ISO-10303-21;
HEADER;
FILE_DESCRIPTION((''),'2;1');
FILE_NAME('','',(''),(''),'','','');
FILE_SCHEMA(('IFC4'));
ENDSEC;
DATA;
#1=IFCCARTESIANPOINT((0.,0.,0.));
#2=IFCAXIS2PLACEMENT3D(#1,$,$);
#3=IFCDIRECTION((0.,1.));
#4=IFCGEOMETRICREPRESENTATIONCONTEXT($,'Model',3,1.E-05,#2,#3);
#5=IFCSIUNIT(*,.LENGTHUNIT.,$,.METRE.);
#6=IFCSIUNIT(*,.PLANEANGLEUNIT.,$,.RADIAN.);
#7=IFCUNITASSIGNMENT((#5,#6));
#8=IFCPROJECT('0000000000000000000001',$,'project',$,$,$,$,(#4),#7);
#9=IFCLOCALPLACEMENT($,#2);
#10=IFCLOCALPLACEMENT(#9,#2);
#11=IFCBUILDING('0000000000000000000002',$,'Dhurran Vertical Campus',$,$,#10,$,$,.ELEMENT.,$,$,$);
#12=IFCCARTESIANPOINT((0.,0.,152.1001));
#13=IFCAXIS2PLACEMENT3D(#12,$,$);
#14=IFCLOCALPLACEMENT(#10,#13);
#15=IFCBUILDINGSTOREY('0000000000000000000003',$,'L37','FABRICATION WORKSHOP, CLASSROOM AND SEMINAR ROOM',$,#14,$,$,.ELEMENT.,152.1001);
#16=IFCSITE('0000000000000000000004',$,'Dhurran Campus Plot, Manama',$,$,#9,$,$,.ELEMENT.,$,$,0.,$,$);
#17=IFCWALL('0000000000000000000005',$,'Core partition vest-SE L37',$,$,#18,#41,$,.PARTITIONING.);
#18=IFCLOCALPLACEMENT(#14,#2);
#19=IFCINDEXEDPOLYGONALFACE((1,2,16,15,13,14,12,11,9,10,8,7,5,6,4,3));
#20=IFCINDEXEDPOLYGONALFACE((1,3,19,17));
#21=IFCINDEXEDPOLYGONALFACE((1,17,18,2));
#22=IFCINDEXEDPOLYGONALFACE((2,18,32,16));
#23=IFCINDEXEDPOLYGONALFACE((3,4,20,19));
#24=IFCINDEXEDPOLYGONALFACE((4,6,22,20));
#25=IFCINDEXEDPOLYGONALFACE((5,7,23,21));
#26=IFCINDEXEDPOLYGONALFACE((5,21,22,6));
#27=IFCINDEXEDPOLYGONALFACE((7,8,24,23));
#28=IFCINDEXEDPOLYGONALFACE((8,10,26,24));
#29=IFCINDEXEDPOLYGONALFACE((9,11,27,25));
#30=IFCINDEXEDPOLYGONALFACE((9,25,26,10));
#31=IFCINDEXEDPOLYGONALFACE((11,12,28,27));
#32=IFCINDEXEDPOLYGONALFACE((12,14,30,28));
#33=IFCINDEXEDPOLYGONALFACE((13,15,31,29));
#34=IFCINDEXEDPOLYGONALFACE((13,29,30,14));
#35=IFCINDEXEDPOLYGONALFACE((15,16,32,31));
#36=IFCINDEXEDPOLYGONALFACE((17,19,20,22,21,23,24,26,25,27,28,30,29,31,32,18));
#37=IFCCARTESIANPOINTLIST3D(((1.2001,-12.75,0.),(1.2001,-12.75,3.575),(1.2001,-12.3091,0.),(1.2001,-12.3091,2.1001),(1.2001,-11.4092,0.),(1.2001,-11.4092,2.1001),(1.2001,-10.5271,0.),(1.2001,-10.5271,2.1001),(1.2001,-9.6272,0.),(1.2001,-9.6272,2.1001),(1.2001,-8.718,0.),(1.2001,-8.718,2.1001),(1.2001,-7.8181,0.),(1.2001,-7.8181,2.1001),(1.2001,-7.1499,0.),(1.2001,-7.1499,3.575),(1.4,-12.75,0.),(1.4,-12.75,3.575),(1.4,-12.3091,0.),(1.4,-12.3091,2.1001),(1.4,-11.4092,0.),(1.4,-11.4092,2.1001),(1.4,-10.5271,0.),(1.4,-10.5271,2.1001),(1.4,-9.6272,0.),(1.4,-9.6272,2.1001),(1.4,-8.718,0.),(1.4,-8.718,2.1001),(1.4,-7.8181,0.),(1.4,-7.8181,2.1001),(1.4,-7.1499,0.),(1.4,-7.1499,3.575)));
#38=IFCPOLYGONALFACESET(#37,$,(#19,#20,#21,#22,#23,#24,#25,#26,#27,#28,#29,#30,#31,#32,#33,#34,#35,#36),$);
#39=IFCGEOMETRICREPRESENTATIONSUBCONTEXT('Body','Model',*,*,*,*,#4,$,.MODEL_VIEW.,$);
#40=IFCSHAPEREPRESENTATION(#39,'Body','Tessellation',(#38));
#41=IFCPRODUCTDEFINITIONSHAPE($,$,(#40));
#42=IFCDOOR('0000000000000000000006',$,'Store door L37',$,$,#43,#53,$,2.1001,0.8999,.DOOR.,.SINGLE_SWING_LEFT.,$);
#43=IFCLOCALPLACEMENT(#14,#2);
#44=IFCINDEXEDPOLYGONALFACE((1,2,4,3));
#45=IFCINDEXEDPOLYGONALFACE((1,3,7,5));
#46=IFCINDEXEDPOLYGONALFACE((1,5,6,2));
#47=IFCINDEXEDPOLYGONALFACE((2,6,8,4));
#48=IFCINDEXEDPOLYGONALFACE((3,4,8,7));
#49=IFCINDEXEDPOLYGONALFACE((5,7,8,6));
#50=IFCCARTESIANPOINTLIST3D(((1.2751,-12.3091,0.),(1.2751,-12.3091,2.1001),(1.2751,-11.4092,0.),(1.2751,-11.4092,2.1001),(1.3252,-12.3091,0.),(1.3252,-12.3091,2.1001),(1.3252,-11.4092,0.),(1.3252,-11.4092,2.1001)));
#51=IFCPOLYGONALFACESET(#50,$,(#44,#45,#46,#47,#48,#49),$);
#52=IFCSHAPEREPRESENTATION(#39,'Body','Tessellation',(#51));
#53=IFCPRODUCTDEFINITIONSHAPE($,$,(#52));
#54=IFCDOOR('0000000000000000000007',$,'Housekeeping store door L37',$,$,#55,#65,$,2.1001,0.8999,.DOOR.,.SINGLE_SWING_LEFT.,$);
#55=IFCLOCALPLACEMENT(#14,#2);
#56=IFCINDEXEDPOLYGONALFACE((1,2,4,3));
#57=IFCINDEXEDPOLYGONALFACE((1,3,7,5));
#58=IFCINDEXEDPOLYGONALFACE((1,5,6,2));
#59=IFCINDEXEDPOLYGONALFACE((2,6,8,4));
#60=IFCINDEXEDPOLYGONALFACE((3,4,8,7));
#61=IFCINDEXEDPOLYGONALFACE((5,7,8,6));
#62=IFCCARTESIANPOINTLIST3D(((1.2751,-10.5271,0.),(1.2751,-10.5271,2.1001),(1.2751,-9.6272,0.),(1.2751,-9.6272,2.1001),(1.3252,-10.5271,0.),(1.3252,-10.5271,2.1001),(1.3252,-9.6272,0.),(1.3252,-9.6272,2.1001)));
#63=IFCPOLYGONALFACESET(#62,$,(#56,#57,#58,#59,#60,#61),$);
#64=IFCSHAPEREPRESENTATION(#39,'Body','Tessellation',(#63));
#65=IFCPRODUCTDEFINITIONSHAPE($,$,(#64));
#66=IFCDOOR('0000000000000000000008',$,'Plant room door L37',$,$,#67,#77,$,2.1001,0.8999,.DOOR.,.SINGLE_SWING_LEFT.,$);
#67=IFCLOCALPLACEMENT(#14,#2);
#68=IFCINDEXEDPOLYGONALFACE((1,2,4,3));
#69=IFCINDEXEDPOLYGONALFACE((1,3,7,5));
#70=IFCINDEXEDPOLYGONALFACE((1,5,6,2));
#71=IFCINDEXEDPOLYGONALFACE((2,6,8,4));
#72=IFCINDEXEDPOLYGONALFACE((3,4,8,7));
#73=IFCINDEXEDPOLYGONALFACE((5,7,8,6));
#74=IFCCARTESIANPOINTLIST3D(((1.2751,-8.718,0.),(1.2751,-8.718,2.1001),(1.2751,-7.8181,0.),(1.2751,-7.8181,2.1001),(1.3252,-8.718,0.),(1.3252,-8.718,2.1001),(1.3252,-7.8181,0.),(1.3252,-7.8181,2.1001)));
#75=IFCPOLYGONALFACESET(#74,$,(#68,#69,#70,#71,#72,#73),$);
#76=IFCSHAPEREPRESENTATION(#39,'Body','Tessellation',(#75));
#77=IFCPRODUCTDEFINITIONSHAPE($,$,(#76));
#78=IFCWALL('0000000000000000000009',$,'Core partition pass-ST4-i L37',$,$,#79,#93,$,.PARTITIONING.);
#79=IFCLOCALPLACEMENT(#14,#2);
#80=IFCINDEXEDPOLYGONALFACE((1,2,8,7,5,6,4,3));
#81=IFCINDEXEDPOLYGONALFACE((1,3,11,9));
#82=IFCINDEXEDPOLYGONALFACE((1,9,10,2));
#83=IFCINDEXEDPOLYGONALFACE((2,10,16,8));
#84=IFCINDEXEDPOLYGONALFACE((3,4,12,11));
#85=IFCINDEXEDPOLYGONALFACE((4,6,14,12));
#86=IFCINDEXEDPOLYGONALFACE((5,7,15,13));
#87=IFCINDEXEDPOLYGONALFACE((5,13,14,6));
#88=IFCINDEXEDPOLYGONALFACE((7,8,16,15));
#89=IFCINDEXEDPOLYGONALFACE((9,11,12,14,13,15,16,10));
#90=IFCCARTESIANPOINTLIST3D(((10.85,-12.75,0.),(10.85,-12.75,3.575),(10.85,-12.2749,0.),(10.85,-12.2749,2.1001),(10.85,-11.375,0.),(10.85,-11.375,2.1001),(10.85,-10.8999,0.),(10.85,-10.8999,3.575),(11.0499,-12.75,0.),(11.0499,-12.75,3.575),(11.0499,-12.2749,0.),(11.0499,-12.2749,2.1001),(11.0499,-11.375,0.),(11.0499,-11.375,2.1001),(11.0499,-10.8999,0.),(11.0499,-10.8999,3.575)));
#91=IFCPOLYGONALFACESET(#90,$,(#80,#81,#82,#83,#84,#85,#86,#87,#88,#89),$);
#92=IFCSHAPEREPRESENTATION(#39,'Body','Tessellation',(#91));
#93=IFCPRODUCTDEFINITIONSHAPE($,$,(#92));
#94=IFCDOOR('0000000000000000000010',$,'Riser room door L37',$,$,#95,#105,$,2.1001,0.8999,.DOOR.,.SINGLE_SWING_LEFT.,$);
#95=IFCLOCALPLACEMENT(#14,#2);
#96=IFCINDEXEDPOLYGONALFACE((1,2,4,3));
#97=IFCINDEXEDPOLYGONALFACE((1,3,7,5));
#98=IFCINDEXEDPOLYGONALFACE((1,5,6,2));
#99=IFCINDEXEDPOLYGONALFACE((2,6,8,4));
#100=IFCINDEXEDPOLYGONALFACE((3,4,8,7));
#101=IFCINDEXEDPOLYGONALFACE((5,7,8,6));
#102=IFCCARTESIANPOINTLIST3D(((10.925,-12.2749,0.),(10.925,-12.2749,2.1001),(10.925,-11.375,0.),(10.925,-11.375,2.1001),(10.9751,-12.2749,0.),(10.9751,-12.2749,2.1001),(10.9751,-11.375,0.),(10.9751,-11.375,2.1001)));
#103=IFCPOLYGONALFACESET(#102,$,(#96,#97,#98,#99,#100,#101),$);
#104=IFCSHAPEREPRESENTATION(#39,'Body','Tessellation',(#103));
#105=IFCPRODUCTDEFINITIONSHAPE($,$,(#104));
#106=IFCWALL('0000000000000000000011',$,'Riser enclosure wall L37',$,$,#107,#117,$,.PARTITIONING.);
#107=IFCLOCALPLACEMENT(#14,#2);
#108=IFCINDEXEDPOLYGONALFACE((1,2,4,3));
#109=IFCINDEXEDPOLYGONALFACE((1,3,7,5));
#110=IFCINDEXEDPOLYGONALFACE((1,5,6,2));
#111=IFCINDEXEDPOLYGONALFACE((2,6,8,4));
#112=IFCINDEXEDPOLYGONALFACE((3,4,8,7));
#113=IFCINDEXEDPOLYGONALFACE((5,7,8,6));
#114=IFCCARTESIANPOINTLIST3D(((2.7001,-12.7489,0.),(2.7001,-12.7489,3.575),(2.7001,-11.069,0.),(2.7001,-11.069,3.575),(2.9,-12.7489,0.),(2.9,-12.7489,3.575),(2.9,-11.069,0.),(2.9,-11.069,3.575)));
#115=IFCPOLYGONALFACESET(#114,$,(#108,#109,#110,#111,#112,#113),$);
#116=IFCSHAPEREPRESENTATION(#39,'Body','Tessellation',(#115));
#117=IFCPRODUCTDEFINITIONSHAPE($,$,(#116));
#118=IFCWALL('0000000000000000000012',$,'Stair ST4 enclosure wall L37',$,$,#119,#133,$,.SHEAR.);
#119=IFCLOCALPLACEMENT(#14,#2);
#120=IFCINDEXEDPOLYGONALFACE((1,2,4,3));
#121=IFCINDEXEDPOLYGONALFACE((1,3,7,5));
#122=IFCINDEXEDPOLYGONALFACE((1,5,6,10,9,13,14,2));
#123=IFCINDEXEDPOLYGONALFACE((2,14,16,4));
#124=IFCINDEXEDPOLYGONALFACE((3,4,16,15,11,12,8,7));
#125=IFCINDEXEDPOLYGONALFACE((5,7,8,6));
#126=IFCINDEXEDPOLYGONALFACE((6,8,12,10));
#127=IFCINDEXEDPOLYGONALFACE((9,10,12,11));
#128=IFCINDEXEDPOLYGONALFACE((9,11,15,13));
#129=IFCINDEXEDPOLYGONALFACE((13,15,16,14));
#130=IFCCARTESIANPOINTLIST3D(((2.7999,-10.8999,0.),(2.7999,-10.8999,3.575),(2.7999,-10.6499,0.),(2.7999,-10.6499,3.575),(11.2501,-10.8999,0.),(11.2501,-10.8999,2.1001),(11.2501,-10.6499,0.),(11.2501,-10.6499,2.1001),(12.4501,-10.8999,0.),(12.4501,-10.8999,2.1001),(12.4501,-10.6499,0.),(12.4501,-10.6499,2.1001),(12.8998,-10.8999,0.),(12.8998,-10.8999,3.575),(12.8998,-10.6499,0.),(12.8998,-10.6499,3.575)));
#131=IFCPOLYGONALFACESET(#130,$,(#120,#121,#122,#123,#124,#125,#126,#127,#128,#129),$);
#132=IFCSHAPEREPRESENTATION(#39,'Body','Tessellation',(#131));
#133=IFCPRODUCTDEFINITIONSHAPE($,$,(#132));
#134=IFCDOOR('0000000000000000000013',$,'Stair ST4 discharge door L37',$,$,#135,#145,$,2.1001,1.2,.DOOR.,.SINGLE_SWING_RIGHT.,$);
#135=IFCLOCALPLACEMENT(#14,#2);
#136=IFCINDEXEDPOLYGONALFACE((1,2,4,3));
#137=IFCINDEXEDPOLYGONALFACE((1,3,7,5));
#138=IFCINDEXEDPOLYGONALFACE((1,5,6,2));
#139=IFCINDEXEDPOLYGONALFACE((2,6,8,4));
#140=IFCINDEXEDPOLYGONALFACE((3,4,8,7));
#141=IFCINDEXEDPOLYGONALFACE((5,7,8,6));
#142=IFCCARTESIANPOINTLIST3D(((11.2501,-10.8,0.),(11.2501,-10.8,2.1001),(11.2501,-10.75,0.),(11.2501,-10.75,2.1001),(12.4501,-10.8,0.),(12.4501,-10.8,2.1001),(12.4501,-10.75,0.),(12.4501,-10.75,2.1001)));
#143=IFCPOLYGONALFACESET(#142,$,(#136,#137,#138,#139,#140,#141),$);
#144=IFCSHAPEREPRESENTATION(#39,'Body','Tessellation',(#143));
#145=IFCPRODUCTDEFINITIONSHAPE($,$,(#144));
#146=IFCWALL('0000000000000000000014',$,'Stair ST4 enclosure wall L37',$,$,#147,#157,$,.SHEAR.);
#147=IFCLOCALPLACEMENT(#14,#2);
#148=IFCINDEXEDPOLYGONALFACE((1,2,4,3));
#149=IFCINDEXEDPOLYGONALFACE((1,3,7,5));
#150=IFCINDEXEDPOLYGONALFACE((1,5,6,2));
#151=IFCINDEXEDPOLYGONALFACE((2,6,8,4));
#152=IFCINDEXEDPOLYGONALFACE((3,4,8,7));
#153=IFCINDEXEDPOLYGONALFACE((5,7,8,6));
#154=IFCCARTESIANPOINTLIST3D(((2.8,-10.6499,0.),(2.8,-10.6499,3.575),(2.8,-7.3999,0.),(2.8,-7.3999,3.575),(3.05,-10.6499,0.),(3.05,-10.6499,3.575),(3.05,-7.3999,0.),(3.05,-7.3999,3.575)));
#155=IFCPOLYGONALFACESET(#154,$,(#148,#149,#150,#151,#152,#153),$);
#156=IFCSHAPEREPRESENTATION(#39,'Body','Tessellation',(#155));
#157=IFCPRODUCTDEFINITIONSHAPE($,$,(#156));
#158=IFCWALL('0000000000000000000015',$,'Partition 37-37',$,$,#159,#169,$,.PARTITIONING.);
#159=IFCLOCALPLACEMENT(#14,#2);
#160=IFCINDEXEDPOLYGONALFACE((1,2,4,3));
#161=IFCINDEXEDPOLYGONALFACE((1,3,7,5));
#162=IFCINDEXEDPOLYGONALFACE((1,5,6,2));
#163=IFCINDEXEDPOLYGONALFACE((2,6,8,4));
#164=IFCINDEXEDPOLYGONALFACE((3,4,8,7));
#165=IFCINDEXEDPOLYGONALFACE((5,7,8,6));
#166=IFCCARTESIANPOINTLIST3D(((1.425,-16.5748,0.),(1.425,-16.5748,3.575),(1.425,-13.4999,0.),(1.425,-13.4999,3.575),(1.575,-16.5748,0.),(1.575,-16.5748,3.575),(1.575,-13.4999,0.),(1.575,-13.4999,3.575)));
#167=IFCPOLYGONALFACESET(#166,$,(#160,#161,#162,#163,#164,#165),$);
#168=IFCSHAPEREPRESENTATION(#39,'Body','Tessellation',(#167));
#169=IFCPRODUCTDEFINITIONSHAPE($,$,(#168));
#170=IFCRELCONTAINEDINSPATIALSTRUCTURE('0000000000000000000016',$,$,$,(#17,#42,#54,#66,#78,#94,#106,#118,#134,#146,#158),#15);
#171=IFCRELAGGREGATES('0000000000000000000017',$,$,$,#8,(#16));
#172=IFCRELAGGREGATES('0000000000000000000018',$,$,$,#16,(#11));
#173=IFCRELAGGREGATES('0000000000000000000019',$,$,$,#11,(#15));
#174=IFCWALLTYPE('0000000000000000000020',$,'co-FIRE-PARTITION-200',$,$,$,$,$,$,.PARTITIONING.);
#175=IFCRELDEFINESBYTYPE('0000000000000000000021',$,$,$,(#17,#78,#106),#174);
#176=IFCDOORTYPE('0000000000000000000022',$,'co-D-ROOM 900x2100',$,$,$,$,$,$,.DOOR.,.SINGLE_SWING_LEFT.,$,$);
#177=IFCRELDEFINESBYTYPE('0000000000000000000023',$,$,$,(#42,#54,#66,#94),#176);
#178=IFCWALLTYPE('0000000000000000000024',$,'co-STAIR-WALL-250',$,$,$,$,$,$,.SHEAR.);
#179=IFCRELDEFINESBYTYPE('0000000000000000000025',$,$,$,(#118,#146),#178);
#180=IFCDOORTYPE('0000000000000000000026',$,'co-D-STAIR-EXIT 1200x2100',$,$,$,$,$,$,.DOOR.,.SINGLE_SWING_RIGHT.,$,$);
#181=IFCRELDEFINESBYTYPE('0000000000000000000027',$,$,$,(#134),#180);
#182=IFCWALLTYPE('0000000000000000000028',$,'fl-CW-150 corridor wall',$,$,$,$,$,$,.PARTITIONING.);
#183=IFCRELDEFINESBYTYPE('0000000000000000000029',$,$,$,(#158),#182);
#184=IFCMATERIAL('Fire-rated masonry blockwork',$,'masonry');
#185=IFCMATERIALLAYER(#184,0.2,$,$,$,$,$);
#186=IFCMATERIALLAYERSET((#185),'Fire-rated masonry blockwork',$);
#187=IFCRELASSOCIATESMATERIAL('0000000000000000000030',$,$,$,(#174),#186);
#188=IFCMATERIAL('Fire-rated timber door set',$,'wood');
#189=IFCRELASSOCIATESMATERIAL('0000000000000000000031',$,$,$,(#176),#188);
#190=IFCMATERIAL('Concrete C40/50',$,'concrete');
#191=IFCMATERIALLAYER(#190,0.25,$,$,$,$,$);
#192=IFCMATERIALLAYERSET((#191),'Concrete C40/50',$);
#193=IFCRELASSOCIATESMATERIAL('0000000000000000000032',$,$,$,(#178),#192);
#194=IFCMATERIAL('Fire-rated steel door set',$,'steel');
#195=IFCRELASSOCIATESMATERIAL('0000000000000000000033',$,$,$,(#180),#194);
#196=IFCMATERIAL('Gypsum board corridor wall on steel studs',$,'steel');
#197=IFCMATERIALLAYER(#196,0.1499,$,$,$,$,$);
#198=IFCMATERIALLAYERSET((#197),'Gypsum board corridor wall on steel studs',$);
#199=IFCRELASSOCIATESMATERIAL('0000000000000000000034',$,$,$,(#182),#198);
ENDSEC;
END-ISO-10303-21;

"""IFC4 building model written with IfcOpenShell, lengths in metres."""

from ifc_helpers import new_model, si_unit, direction, frame, frame_2d, origin, place, context, subcontext, project, spatial, rectangle, extrude, material, layer, layer_set, type_object, element, fill, save


model = new_model("IFC4")

# Units and contexts
model_context = context("Model", 3, precision=1e-05, world=origin(), true_north=direction((0.0, 1.0)))
body_context = subcontext(model_context, "Body", "Model", "MODEL_VIEW")
ifc_project = project(units=[si_unit("LENGTHUNIT", "METRE"), si_unit("PLANEANGLEUNIT", "RADIAN")], contexts=[model_context])

# Site, building, storey
site_placement = place(None, origin())
site = spatial("IfcSite", under=ifc_project, at=site_placement, Name="Dhurran Campus Plot, Manama", CompositionType="ELEMENT", RefElevation=0.0)
building_placement = place(site_placement, origin())
building = spatial("IfcBuilding", under=site, at=building_placement, Name="Dhurran Vertical Campus", CompositionType="ELEMENT")
storey_placement = place(building_placement, frame((0.0, 0.0, 152.1001)))
storey = spatial("IfcBuildingStorey", under=building, at=storey_placement, Name="L37", Description="FABRICATION WORKSHOP, CLASSROOM AND SEMINAR ROOM", CompositionType="ELEMENT", Elevation=152.1001)

# Shared definitions
ifc_material_1 = material(Name="Fire-rated masonry blockwork", Category="masonry")
ifc_layer_1 = layer(ifc_material_1, 0.2)
ifc_layer_set_1 = layer_set([ifc_layer_1], Name="Fire-rated masonry blockwork")
wall_type_1 = type_object("IfcWallType", Name="co-FIRE-PARTITION-200", PredefinedType="PARTITIONING", material=ifc_layer_set_1)

# Wall, openings, doors
wall_1_placement = place(storey_placement, frame((1.3, -12.75, 0.0), z_axis=(0.0, 0.0, 1.0), x_axis=(0.0, 1.0, 0.0)))
wall_1 = element("IfcWall", 1, at=wall_1_placement, inside=storey, type_object=wall_type_1, Name="Core partition vest-SE L37", PredefinedType="PARTITIONING", context=body_context, shape_type="SweptSolid", body=[
    extrude(rectangle(XDim=5.6001, YDim=0.2, at=frame_2d((2.8, 0.0))), origin(), (0.0, 0.0, 1.0), 3.575),
])
opening_1_placement = place(wall_1_placement, frame((0.4409, 0.0, 0.0)))
opening_1 = element("IfcOpeningElement", 2, at=opening_1_placement, cuts=wall_1, PredefinedType="OPENING", context=body_context, shape_type="SweptSolid", body=[
    extrude(rectangle(XDim=0.8999, YDim=2.1001, at=frame_2d((0.45, 1.05))), frame((0.0, 0.1099, 0.0), z_axis=(0.0, -1.0, 0.0), x_axis=(1.0, 0.0, 0.0)), (0.0, 0.0, 1.0), 0.22),
])
opening_2_placement = place(wall_1_placement, frame((2.2229, 0.0, 0.0)))
opening_2 = element("IfcOpeningElement", 3, at=opening_2_placement, cuts=wall_1, PredefinedType="OPENING", context=body_context, shape_type="SweptSolid", body=[
    extrude(rectangle(XDim=0.8999, YDim=2.1001, at=frame_2d((0.45, 1.05))), frame((0.0, 0.1099, 0.0), z_axis=(0.0, -1.0, 0.0), x_axis=(1.0, 0.0, 0.0)), (0.0, 0.0, 1.0), 0.22),
])
opening_3_placement = place(wall_1_placement, frame((4.032, 0.0, 0.0)))
opening_3 = element("IfcOpeningElement", 4, at=opening_3_placement, cuts=wall_1, PredefinedType="OPENING", context=body_context, shape_type="SweptSolid", body=[
    extrude(rectangle(XDim=0.8999, YDim=2.1001, at=frame_2d((0.45, 1.05))), frame((0.0, 0.1099, 0.0), z_axis=(0.0, -1.0, 0.0), x_axis=(1.0, 0.0, 0.0)), (0.0, 0.0, 1.0), 0.22),
])
ifc_material_2 = material(Name="Fire-rated timber door set", Category="wood")
door_type_1 = type_object("IfcDoorType", Name="co-D-ROOM 900x2100", OperationType="SINGLE_SWING_LEFT", PredefinedType="DOOR", material=ifc_material_2)
door_1_placement = place(opening_1_placement, origin())
door_1 = element("IfcDoor", 5, at=door_1_placement, inside=storey, type_object=door_type_1, Name="Store door L37", OperationType="SINGLE_SWING_LEFT", OverallHeight=2.1001, OverallWidth=0.8999, PredefinedType="DOOR", context=body_context, shape_type="SweptSolid", body=[
    extrude(rectangle(XDim=0.8999, YDim=2.1001, at=frame_2d((0.45, 1.05))), frame((0.0, 0.0249, 0.0), z_axis=(0.0, -1.0, 0.0), x_axis=(1.0, 0.0, 0.0)), (0.0, 0.0, 1.0), 0.05),
])
fill(opening_1, door_1)
door_2_placement = place(opening_2_placement, origin())
door_2 = element("IfcDoor", 6, at=door_2_placement, inside=storey, type_object=door_type_1, Name="Housekeeping store door L37", OperationType="SINGLE_SWING_LEFT", OverallHeight=2.1001, OverallWidth=0.8999, PredefinedType="DOOR", context=body_context, shape_type="SweptSolid", body=[
    extrude(rectangle(XDim=0.8999, YDim=2.1001, at=frame_2d((0.45, 1.05))), frame((0.0, 0.0249, 0.0), z_axis=(0.0, -1.0, 0.0), x_axis=(1.0, 0.0, 0.0)), (0.0, 0.0, 1.0), 0.05),
])
fill(opening_2, door_2)
door_3_placement = place(opening_3_placement, origin())
door_3 = element("IfcDoor", 7, at=door_3_placement, inside=storey, type_object=door_type_1, Name="Plant room door L37", OperationType="SINGLE_SWING_LEFT", OverallHeight=2.1001, OverallWidth=0.8999, PredefinedType="DOOR", context=body_context, shape_type="SweptSolid", body=[
    extrude(rectangle(XDim=0.8999, YDim=2.1001, at=frame_2d((0.45, 1.05))), frame((0.0, 0.0249, 0.0), z_axis=(0.0, -1.0, 0.0), x_axis=(1.0, 0.0, 0.0)), (0.0, 0.0, 1.0), 0.05),
])
fill(opening_3, door_3)

# Wall, opening, door
wall_2_placement = place(storey_placement, frame((10.95, -12.75, 0.0), z_axis=(0.0, 0.0, 1.0), x_axis=(0.0, 1.0, 0.0)))
wall_2 = element("IfcWall", 8, at=wall_2_placement, inside=storey, type_object=wall_type_1, Name="Core partition pass-ST4-i L37", PredefinedType="PARTITIONING", context=body_context, shape_type="SweptSolid", body=[
    extrude(rectangle(XDim=1.8501, YDim=0.2, at=frame_2d((0.925, 0.0))), origin(), (0.0, 0.0, 1.0), 3.575),
])
opening_4_placement = place(wall_2_placement, frame((0.4751, 0.0, 0.0)))
opening_4 = element("IfcOpeningElement", 9, at=opening_4_placement, cuts=wall_2, PredefinedType="OPENING", context=body_context, shape_type="SweptSolid", body=[
    extrude(rectangle(XDim=0.8999, YDim=2.1001, at=frame_2d((0.45, 1.05))), frame((0.0, 0.1099, 0.0), z_axis=(0.0, -1.0, 0.0), x_axis=(1.0, 0.0, 0.0)), (0.0, 0.0, 1.0), 0.22),
])
door_4_placement = place(opening_4_placement, origin())
door_4 = element("IfcDoor", 10, at=door_4_placement, inside=storey, type_object=door_type_1, Name="Riser room door L37", OperationType="SINGLE_SWING_LEFT", OverallHeight=2.1001, OverallWidth=0.8999, PredefinedType="DOOR", context=body_context, shape_type="SweptSolid", body=[
    extrude(rectangle(XDim=0.8999, YDim=2.1001, at=frame_2d((0.45, 1.05))), frame((0.0, 0.0249, 0.0), z_axis=(0.0, -1.0, 0.0), x_axis=(1.0, 0.0, 0.0)), (0.0, 0.0, 1.0), 0.05),
])
fill(opening_4, door_4)

# Wall
wall_3_placement = place(storey_placement, frame((2.8, -11.0691, 0.0), z_axis=(0.0, 0.0, 1.0), x_axis=(0.0, -1.0, 0.0)))
element("IfcWall", 11, at=wall_3_placement, inside=storey, type_object=wall_type_1, Name="Riser enclosure wall L37", PredefinedType="PARTITIONING", context=body_context, shape_type="SweptSolid", body=[
    extrude(rectangle(XDim=1.6799, YDim=0.2, at=frame_2d((0.8398, 0.0))), origin(), (0.0, 0.0, 1.0), 3.575),
])

# Wall, opening, door
ifc_material_3 = material(Name="Concrete C40/50", Category="concrete")
ifc_layer_2 = layer(ifc_material_3, 0.25)
ifc_layer_set_2 = layer_set([ifc_layer_2], Name="Concrete C40/50")
wall_type_2 = type_object("IfcWallType", Name="co-STAIR-WALL-250", PredefinedType="SHEAR", material=ifc_layer_set_2)
wall_4_placement = place(storey_placement, frame((2.8, -10.7749, 0.0), z_axis=(0.0, 0.0, 1.0), x_axis=(1.0, 0.0, 0.0)))
wall_4 = element("IfcWall", 12, at=wall_4_placement, inside=storey, type_object=wall_type_2, Name="Stair ST4 enclosure wall L37", PredefinedType="SHEAR", context=body_context, shape_type="SweptSolid", body=[
    extrude(rectangle(XDim=10.0999, YDim=0.25, at=frame_2d((5.0498, 0.0))), origin(), (0.0, 0.0, 1.0), 3.575),
])
opening_5_placement = place(wall_4_placement, frame((8.45, 0.0, 0.0)))
opening_5 = element("IfcOpeningElement", 13, at=opening_5_placement, cuts=wall_4, PredefinedType="OPENING", context=body_context, shape_type="SweptSolid", body=[
    extrude(rectangle(XDim=1.2, YDim=2.1001, at=frame_2d((0.6001, 1.05))), frame((0.0, 0.135, 0.0), z_axis=(0.0, -1.0, 0.0), x_axis=(1.0, 0.0, 0.0)), (0.0, 0.0, 1.0), 0.27),
])
ifc_material_4 = material(Name="Fire-rated steel door set", Category="steel")
door_type_2 = type_object("IfcDoorType", Name="co-D-STAIR-EXIT 1200x2100", OperationType="SINGLE_SWING_RIGHT", PredefinedType="DOOR", material=ifc_material_4)
door_5_placement = place(opening_5_placement, origin())
door_5 = element("IfcDoor", 14, at=door_5_placement, inside=storey, type_object=door_type_2, Name="Stair ST4 discharge door L37", OperationType="SINGLE_SWING_RIGHT", OverallHeight=2.1001, OverallWidth=1.2, PredefinedType="DOOR", context=body_context, shape_type="SweptSolid", body=[
    extrude(rectangle(XDim=1.2, YDim=2.1001, at=frame_2d((0.6001, 1.05))), frame((0.0, 0.0249, 0.0), z_axis=(0.0, -1.0, 0.0), x_axis=(1.0, 0.0, 0.0)), (0.0, 0.0, 1.0), 0.05),
])
fill(opening_5, door_5)

# Walls
wall_5_placement = place(storey_placement, frame((2.925, -10.6499, 0.0), z_axis=(0.0, 0.0, 1.0), x_axis=(0.0, 1.0, 0.0)))
element("IfcWall", 15, at=wall_5_placement, inside=storey, type_object=wall_type_2, Name="Stair ST4 enclosure wall L37", PredefinedType="SHEAR", context=body_context, shape_type="SweptSolid", body=[
    extrude(rectangle(XDim=3.25, YDim=0.25, at=frame_2d((1.625, 0.0))), origin(), (0.0, 0.0, 1.0), 3.575),
])
ifc_material_5 = material(Name="Gypsum board corridor wall on steel studs", Category="steel")
ifc_layer_3 = layer(ifc_material_5, 0.1499)
ifc_layer_set_3 = layer_set([ifc_layer_3], Name="Gypsum board corridor wall on steel studs")
wall_type_3 = type_object("IfcWallType", Name="fl-CW-150 corridor wall", PredefinedType="PARTITIONING", material=ifc_layer_set_3)
wall_6_placement = place(storey_placement, frame((1.5, -16.575, 0.0), z_axis=(0.0, 0.0, 1.0), x_axis=(0.0, 1.0, 0.0)))
element("IfcWall", 16, at=wall_6_placement, inside=storey, type_object=wall_type_3, Name="Partition 37-37", PredefinedType="PARTITIONING", context=body_context, shape_type="SweptSolid", body=[
    extrude(rectangle(XDim=3.075, YDim=0.1499, at=frame_2d((1.5376, 0.0))), origin(), (0.0, 0.0, 1.0), 3.575),
])

save(model, "model.ifc")
